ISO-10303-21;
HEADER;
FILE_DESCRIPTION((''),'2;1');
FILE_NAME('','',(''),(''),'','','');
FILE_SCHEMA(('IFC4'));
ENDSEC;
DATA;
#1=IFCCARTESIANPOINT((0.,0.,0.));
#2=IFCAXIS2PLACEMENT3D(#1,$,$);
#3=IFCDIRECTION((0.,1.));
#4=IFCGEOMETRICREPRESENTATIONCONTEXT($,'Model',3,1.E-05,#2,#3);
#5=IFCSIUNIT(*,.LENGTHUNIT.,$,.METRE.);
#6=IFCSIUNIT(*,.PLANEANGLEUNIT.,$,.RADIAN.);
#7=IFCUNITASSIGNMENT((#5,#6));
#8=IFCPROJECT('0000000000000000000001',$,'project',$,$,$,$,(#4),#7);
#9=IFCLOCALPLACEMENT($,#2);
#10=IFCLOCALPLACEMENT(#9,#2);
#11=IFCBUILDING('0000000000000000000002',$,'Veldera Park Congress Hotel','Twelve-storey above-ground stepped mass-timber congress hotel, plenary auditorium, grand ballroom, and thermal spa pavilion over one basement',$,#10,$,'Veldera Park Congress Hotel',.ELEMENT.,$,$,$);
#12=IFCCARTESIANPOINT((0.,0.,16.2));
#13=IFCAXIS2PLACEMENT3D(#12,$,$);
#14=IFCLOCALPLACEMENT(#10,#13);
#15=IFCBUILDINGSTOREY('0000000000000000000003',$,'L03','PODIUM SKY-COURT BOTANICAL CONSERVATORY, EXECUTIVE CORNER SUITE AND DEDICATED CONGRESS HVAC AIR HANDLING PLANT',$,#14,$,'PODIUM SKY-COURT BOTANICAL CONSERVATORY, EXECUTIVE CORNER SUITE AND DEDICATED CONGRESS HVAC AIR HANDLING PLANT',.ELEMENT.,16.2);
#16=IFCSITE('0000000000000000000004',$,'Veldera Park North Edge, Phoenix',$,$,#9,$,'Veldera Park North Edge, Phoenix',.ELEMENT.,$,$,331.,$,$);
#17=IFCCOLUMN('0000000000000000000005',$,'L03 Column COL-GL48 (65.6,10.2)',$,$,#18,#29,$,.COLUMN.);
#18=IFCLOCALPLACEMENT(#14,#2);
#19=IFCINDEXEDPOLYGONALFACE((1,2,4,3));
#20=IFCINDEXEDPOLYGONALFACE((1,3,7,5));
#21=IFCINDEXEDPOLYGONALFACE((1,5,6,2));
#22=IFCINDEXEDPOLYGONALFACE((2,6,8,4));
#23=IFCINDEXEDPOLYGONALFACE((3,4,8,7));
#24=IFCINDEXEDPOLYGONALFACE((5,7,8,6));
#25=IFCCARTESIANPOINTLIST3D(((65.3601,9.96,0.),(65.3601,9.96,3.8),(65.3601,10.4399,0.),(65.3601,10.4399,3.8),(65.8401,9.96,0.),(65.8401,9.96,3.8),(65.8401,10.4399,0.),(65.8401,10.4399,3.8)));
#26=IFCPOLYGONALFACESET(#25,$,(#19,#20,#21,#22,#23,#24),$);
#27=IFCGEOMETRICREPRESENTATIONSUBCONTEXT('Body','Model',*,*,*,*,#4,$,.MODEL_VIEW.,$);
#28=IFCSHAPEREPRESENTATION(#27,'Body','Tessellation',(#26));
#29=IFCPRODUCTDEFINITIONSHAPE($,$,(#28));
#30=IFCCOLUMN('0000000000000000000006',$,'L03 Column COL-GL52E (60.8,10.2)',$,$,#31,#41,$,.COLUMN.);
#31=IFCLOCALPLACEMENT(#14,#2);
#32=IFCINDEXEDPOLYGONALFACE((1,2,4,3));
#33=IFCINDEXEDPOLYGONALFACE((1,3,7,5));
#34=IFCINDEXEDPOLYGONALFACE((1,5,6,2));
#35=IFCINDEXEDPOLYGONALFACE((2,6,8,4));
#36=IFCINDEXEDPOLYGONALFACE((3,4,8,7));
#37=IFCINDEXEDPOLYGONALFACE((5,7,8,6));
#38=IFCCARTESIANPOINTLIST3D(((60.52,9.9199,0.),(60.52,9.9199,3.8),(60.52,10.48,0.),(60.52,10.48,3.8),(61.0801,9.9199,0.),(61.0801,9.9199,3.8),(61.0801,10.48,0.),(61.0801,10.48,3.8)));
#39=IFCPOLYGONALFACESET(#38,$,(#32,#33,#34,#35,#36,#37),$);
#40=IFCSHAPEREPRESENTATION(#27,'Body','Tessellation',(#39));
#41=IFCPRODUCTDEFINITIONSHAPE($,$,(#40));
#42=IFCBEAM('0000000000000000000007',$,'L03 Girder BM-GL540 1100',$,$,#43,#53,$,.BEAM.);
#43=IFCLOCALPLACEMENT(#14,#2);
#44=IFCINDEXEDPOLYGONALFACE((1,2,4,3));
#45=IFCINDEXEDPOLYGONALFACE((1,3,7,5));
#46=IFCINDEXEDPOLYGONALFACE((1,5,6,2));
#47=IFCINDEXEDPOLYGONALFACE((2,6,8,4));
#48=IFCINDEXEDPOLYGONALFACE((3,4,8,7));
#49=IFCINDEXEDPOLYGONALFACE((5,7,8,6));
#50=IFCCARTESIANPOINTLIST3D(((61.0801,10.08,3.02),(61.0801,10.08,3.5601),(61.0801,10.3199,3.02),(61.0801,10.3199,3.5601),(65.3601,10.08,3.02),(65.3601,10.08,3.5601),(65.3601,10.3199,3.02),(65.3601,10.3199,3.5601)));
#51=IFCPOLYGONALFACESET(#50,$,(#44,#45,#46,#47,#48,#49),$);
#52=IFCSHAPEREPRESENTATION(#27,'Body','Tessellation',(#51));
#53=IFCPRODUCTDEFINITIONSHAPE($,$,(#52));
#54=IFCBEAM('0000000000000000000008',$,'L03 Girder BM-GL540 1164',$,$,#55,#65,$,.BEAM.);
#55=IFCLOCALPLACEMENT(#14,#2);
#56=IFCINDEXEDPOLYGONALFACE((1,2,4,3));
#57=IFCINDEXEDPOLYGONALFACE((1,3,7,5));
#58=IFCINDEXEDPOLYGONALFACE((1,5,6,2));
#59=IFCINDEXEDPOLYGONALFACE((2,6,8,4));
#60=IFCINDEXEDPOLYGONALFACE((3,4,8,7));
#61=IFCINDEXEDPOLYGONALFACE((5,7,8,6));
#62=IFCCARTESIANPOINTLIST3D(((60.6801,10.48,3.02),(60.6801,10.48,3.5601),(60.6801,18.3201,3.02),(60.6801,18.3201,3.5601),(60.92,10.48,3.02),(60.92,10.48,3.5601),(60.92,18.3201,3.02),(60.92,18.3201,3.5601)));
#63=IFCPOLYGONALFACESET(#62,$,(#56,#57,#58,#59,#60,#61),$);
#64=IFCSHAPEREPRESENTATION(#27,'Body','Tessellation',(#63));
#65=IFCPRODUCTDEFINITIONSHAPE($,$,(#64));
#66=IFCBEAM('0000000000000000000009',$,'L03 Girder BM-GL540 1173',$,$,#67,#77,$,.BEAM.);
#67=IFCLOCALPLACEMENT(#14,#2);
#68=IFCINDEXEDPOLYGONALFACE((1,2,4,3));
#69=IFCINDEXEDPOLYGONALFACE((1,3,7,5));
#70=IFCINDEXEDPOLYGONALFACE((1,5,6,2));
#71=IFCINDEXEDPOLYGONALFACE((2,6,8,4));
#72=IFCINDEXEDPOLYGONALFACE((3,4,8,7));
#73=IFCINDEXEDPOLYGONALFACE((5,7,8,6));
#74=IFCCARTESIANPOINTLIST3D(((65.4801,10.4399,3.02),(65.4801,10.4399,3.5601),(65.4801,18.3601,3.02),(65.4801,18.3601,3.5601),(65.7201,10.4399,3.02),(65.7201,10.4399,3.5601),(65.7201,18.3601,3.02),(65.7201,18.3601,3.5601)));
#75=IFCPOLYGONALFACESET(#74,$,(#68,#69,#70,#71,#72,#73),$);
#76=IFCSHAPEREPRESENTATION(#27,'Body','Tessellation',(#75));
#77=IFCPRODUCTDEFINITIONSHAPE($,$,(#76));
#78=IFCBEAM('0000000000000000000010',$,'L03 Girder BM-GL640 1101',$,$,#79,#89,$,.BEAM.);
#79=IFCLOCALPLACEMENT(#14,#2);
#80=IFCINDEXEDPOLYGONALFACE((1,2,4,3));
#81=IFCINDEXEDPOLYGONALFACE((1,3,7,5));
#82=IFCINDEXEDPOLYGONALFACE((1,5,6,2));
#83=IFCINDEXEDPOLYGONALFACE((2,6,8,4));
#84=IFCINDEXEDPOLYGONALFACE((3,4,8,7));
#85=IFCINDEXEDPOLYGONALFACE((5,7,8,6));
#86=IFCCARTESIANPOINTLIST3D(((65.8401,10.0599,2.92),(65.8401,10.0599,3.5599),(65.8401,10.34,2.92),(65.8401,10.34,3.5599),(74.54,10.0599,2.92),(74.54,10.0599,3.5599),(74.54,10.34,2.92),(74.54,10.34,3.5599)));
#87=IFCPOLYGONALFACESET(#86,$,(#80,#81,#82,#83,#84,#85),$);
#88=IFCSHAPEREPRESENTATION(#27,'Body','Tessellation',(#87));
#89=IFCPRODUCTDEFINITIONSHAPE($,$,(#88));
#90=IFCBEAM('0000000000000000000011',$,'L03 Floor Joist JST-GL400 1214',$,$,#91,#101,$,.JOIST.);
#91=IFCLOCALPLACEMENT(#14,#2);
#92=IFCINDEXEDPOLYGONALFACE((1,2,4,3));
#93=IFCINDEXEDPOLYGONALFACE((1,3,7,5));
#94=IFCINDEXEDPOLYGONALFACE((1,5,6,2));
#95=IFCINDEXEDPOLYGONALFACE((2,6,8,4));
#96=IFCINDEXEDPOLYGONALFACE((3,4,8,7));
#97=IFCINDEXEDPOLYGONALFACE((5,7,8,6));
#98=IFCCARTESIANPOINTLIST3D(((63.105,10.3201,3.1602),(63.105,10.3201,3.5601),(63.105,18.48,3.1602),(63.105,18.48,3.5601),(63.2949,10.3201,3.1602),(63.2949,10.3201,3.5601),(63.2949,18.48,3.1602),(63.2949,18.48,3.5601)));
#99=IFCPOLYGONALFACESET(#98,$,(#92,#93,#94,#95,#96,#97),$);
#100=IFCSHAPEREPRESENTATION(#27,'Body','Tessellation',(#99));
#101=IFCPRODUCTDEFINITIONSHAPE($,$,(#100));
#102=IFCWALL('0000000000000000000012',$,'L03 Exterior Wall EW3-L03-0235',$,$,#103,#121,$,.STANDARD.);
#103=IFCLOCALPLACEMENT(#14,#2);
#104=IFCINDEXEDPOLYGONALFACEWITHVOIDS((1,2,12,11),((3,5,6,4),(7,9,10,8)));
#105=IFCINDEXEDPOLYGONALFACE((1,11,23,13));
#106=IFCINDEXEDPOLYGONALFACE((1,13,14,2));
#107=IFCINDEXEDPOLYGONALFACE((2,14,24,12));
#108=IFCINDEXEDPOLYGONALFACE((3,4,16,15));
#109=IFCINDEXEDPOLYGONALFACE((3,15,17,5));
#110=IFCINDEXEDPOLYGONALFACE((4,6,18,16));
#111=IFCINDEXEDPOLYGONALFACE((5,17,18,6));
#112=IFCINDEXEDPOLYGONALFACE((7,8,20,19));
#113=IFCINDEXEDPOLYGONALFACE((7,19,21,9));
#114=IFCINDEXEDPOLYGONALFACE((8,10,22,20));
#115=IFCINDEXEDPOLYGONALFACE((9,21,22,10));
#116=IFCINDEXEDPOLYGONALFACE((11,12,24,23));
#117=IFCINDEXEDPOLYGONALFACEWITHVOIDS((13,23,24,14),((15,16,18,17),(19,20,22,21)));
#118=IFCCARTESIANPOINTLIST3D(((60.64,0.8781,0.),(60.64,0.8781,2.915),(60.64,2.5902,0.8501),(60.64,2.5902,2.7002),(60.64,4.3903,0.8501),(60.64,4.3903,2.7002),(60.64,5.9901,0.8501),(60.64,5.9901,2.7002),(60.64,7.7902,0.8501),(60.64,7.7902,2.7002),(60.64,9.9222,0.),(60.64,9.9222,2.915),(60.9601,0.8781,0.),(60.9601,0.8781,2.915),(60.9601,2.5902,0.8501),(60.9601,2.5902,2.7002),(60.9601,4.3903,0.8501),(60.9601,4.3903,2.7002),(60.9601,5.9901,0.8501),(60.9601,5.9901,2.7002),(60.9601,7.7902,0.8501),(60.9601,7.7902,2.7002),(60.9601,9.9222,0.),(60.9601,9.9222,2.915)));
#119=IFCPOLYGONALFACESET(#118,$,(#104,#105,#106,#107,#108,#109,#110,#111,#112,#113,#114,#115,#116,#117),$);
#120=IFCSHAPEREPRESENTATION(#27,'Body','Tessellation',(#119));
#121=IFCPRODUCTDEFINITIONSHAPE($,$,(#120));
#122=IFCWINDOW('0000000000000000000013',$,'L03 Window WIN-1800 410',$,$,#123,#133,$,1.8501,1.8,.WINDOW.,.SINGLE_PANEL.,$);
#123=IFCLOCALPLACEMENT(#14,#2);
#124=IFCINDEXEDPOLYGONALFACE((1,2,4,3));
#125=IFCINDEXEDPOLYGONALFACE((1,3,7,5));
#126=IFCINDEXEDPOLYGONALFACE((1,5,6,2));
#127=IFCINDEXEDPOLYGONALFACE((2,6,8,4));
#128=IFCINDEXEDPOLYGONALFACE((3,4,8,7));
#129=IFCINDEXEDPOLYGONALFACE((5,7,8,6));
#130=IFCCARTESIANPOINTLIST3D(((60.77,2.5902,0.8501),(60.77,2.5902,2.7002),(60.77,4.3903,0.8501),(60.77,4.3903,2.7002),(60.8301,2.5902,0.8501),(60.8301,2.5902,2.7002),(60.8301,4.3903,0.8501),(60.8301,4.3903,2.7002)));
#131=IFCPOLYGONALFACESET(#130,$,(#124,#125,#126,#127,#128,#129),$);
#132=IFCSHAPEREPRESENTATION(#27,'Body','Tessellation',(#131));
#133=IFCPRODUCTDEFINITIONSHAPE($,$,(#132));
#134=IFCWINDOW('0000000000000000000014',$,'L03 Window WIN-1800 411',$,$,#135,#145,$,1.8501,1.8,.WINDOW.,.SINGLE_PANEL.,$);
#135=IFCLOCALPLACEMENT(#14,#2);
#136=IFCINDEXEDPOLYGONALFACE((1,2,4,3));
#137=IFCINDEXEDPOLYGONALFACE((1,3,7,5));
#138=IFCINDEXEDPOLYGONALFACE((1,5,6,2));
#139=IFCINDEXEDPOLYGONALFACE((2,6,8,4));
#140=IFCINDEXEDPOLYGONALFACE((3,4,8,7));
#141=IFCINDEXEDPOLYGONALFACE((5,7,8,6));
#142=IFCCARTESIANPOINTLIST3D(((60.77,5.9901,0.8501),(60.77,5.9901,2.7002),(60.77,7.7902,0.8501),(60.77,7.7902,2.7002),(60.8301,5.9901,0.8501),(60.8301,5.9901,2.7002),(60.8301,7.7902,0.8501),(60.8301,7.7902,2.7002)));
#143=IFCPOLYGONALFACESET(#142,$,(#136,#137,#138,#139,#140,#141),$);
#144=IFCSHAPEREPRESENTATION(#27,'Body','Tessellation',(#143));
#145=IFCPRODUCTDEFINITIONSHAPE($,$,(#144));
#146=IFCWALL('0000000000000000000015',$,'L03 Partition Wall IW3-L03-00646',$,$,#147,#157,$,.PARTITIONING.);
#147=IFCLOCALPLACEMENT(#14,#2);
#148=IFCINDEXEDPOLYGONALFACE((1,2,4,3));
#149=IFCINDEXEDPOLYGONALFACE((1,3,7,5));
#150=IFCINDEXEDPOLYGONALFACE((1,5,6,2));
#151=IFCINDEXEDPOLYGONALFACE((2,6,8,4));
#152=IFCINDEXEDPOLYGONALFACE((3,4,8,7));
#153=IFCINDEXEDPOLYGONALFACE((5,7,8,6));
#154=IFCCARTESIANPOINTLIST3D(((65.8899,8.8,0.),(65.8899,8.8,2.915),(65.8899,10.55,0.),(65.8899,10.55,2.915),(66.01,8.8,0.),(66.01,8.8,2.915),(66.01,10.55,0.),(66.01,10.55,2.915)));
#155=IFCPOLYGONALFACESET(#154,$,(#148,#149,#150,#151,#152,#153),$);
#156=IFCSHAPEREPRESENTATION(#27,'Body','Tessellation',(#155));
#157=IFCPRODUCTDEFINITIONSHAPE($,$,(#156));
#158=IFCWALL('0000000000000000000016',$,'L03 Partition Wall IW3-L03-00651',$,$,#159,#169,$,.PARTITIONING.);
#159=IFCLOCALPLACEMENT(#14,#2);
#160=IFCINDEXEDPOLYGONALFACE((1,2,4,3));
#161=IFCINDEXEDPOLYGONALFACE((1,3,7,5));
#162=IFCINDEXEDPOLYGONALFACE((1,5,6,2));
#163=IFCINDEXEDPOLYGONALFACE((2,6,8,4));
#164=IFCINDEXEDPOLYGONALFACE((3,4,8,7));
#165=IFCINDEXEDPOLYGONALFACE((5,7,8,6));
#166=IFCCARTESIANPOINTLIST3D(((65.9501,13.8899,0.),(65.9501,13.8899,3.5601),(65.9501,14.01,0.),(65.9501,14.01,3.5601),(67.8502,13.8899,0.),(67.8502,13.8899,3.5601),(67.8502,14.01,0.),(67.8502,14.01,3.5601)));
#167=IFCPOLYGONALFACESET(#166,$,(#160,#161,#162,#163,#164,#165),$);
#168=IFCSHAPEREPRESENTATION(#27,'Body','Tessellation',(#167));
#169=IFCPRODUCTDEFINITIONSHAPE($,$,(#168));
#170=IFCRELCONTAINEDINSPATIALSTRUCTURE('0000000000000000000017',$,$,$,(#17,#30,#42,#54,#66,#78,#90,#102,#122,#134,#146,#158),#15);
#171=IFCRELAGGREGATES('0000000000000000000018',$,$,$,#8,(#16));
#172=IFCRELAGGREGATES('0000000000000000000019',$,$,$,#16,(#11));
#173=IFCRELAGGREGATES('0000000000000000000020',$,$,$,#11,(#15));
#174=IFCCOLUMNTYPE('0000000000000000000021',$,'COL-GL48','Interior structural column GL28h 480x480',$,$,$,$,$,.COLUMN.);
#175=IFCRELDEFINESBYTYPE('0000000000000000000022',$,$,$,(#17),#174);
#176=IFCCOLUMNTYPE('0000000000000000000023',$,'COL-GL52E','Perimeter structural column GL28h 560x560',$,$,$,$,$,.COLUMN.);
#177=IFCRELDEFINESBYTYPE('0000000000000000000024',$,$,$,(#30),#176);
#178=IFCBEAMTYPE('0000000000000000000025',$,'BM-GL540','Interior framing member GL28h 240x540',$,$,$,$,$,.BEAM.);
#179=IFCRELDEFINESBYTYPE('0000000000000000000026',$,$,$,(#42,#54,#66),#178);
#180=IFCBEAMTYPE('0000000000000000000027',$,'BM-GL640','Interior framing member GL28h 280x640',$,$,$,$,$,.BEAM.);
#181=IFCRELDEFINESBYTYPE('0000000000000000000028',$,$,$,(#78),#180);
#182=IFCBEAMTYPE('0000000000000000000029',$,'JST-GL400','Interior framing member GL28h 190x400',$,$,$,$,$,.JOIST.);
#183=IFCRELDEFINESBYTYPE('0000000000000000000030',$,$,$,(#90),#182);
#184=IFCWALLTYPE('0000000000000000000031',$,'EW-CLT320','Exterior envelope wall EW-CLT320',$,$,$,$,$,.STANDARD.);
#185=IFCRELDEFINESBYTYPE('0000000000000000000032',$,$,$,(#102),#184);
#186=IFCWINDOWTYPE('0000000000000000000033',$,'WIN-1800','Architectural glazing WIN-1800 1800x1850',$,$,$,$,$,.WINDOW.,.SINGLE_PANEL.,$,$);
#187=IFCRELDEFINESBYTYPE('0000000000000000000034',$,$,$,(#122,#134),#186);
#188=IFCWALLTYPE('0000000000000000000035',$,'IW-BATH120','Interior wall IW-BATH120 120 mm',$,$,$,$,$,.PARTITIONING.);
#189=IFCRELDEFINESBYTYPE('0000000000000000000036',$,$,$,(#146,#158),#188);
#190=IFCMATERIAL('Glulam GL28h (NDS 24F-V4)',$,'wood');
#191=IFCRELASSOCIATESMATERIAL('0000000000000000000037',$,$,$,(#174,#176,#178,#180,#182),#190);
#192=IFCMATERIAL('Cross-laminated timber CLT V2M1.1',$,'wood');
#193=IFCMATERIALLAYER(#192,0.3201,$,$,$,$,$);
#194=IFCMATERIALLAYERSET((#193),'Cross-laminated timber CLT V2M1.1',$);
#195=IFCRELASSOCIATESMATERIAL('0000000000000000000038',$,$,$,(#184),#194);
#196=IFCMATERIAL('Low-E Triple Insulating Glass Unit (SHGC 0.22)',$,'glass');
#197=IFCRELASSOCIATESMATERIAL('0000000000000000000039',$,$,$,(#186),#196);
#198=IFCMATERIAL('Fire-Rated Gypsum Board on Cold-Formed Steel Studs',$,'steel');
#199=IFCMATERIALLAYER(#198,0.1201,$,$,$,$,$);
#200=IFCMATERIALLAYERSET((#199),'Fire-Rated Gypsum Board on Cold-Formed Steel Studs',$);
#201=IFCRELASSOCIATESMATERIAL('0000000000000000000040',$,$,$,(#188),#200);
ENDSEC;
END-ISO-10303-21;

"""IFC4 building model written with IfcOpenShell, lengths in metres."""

from ifc_helpers import new_model, si_unit, direction, frame, frame_2d, origin, origin_2d, place, context, subcontext, project, spatial, rectangle, extrude, material, layer, layer_set, material_profile, profile_set, type_object, element, fill, save


model = new_model("IFC4")

# Units and contexts
model_context = context("Model", 3, precision=1e-05, world=origin(), true_north=direction((0.0, 1.0)))
body_context = subcontext(model_context, "Body", "Model", "MODEL_VIEW")
ifc_project = project(units=[si_unit("LENGTHUNIT", "METRE"), si_unit("PLANEANGLEUNIT", "RADIAN")], contexts=[model_context])

# Site, building, storey
site_placement = place(None, origin())
site = spatial("IfcSite", under=ifc_project, at=site_placement, Name="Veldera Park North Edge, Phoenix", LongName="Veldera Park North Edge, Phoenix", CompositionType="ELEMENT", RefElevation=331.0)
building_placement = place(site_placement, origin())
building = spatial("IfcBuilding", under=site, at=building_placement, Name="Veldera Park Congress Hotel", Description="Twelve-storey above-ground stepped mass-timber congress hotel, plenary auditorium, grand ballroom, and thermal spa pavilion over one basement", LongName="Veldera Park Congress Hotel", CompositionType="ELEMENT")
storey_placement = place(building_placement, frame((0.0, 0.0, 16.2)))
storey = spatial("IfcBuildingStorey", under=building, at=storey_placement, Name="L03", Description="PODIUM SKY-COURT BOTANICAL CONSERVATORY, EXECUTIVE CORNER SUITE AND DEDICATED CONGRESS HVAC AIR HANDLING PLANT", LongName="PODIUM SKY-COURT BOTANICAL CONSERVATORY, EXECUTIVE CORNER SUITE AND DEDICATED CONGRESS HVAC AIR HANDLING PLANT", CompositionType="ELEMENT", Elevation=16.2)

# Columns
ifc_material_1 = material(Name="Glulam GL28h (NDS 24F-V4)", Category="wood")
ifc_material_profile_1 = material_profile(ifc_material_1, rectangle(XDim=0.48, YDim=0.48, at=origin_2d()), Name="GL28h 480x480")
ifc_profile_set_1 = profile_set([ifc_material_profile_1], Name="Glulam GL28h (NDS 24F-V4)")
column_type_1 = type_object("IfcColumnType", Name="COL-GL48", Description="Interior structural column GL28h 480x480", PredefinedType="COLUMN", material=ifc_profile_set_1)
column_1_placement = place(storey_placement, frame((65.6001, 10.2, 0.0), z_axis=(0.0, 0.0, 1.0), x_axis=(1.0, 0.0, 0.0)))
element("IfcColumn", 1, at=column_1_placement, inside=storey, type_object=column_type_1, Name="L03 Column COL-GL48 (65.6,10.2)", PredefinedType="COLUMN", context=body_context, shape_type="SweptSolid", body=[
    extrude(rectangle(XDim=0.48, YDim=0.48, at=origin_2d()), origin(), (0.0, 0.0, 1.0), 3.8),
])
ifc_material_profile_2 = material_profile(ifc_material_1, rectangle(XDim=0.5601, YDim=0.5601, at=origin_2d()), Name="GL28h 560x560")
ifc_profile_set_2 = profile_set([ifc_material_profile_2], Name="Glulam GL28h (NDS 24F-V4)")
column_type_2 = type_object("IfcColumnType", Name="COL-GL52E", Description="Perimeter structural column GL28h 560x560", PredefinedType="COLUMN", material=ifc_profile_set_2)
column_2_placement = place(storey_placement, frame((60.8, 10.2, 0.0), z_axis=(0.0, 0.0, 1.0), x_axis=(1.0, 0.0, 0.0)))
element("IfcColumn", 2, at=column_2_placement, inside=storey, type_object=column_type_2, Name="L03 Column COL-GL52E (60.8,10.2)", PredefinedType="COLUMN", context=body_context, shape_type="SweptSolid", body=[
    extrude(rectangle(XDim=0.5601, YDim=0.5601, at=origin_2d()), origin(), (0.0, 0.0, 1.0), 3.8),
])

# Beams
ifc_material_profile_3 = material_profile(ifc_material_1, rectangle(XDim=0.24, YDim=0.54, at=origin_2d()), Name="GL28h 240x540")
ifc_profile_set_3 = profile_set([ifc_material_profile_3], Name="Glulam GL28h (NDS 24F-V4)")
beam_type_1 = type_object("IfcBeamType", Name="BM-GL540", Description="Interior framing member GL28h 240x540", PredefinedType="BEAM", material=ifc_profile_set_3)
beam_1_placement = place(storey_placement, frame((61.0801, 10.2, 3.29), z_axis=(1.0, 0.0, 0.0), x_axis=(0.0, 1.0, 0.0)))
element("IfcBeam", 3, at=beam_1_placement, inside=storey, type_object=beam_type_1, Name="L03 Girder BM-GL540 1100", PredefinedType="BEAM", context=body_context, shape_type="SweptSolid", body=[
    extrude(rectangle(XDim=0.24, YDim=0.54, at=origin_2d()), origin(), (0.0, 0.0, 1.0), 4.28),
])
beam_2_placement = place(storey_placement, frame((60.8, 10.48, 3.29), z_axis=(0.0, 1.0, 0.0), x_axis=(-1.0, 0.0, 0.0)))
element("IfcBeam", 4, at=beam_2_placement, inside=storey, type_object=beam_type_1, Name="L03 Girder BM-GL540 1164", PredefinedType="BEAM", context=body_context, shape_type="SweptSolid", body=[
    extrude(rectangle(XDim=0.24, YDim=0.54, at=origin_2d()), origin(), (0.0, 0.0, 1.0), 7.8401),
])
beam_3_placement = place(storey_placement, frame((65.6001, 10.4399, 3.29), z_axis=(0.0, 1.0, 0.0), x_axis=(-1.0, 0.0, 0.0)))
element("IfcBeam", 5, at=beam_3_placement, inside=storey, type_object=beam_type_1, Name="L03 Girder BM-GL540 1173", PredefinedType="BEAM", context=body_context, shape_type="SweptSolid", body=[
    extrude(rectangle(XDim=0.24, YDim=0.54, at=origin_2d()), origin(), (0.0, 0.0, 1.0), 7.9202),
])
ifc_material_profile_4 = material_profile(ifc_material_1, rectangle(XDim=0.28, YDim=0.6399, at=origin_2d()), Name="GL28h 280x640")
ifc_profile_set_4 = profile_set([ifc_material_profile_4], Name="Glulam GL28h (NDS 24F-V4)")
beam_type_2 = type_object("IfcBeamType", Name="BM-GL640", Description="Interior framing member GL28h 280x640", PredefinedType="BEAM", material=ifc_profile_set_4)
beam_4_placement = place(storey_placement, frame((65.8401, 10.2, 3.24), z_axis=(1.0, 0.0, 0.0), x_axis=(0.0, 1.0, 0.0)))
element("IfcBeam", 6, at=beam_4_placement, inside=storey, type_object=beam_type_2, Name="L03 Girder BM-GL640 1101", PredefinedType="BEAM", context=body_context, shape_type="SweptSolid", body=[
    extrude(rectangle(XDim=0.28, YDim=0.6399, at=origin_2d()), origin(), (0.0, 0.0, 1.0), 8.7),
])
ifc_material_profile_5 = material_profile(ifc_material_1, rectangle(XDim=0.1899, YDim=0.3999, at=origin_2d()), Name="GL28h 190x400")
ifc_profile_set_5 = profile_set([ifc_material_profile_5], Name="Glulam GL28h (NDS 24F-V4)")
beam_type_3 = type_object("IfcBeamType", Name="JST-GL400", Description="Interior framing member GL28h 190x400", PredefinedType="JOIST", material=ifc_profile_set_5)
beam_5_placement = place(storey_placement, frame((63.2, 10.3201, 3.3601), z_axis=(0.0, 1.0, 0.0), x_axis=(-1.0, 0.0, 0.0)))
element("IfcBeam", 7, at=beam_5_placement, inside=storey, type_object=beam_type_3, Name="L03 Floor Joist JST-GL400 1214", PredefinedType="JOIST", context=body_context, shape_type="SweptSolid", body=[
    extrude(rectangle(XDim=0.1899, YDim=0.3999, at=origin_2d()), origin(), (0.0, 0.0, 1.0), 8.1599),
])

# Wall, openings, windows
ifc_material_2 = material(Name="Cross-laminated timber CLT V2M1.1", Category="wood")
ifc_layer_1 = layer(ifc_material_2, 0.3201)
ifc_layer_set_1 = layer_set([ifc_layer_1], Name="Cross-laminated timber CLT V2M1.1")
wall_type_1 = type_object("IfcWallType", Name="EW-CLT320", Description="Exterior envelope wall EW-CLT320", PredefinedType="STANDARD", material=ifc_layer_set_1)
wall_1_placement = place(storey_placement, frame((60.8, 9.9221, 0.0), z_axis=(0.0, 0.0, 1.0), x_axis=(0.0, -1.0, 0.0)))
wall_1 = element("IfcWall", 8, at=wall_1_placement, inside=storey, type_object=wall_type_1, Name="L03 Exterior Wall EW3-L03-0235", PredefinedType="STANDARD", context=body_context, shape_type="SweptSolid", body=[
    extrude(rectangle(XDim=9.0442, YDim=0.3201, at=frame_2d((4.522, 0.0))), origin(), (0.0, 0.0, 1.0), 2.915),
])
opening_1_placement = place(wall_1_placement, frame((5.532, 0.0, 0.8501)))
opening_1 = element("IfcOpeningElement", 9, at=opening_1_placement, cuts=wall_1, PredefinedType="OPENING", context=body_context, shape_type="SweptSolid", body=[
    extrude(rectangle(XDim=1.8, YDim=1.8501, at=frame_2d((0.8999, 0.925))), frame((0.0, 0.1721, 0.0), z_axis=(0.0, -1.0, 0.0), x_axis=(1.0, 0.0, 0.0)), (0.0, 0.0, 1.0), 0.344),
])
opening_2_placement = place(wall_1_placement, frame((2.1321, 0.0, 0.8501)))
opening_2 = element("IfcOpeningElement", 10, at=opening_2_placement, cuts=wall_1, PredefinedType="OPENING", context=body_context, shape_type="SweptSolid", body=[
    extrude(rectangle(XDim=1.8, YDim=1.8501, at=frame_2d((0.8999, 0.925))), frame((0.0, 0.1721, 0.0), z_axis=(0.0, -1.0, 0.0), x_axis=(1.0, 0.0, 0.0)), (0.0, 0.0, 1.0), 0.344),
])
ifc_material_3 = material(Name="Low-E Triple Insulating Glass Unit (SHGC 0.22)", Category="glass")
window_type = type_object("IfcWindowType", Name="WIN-1800", Description="Architectural glazing WIN-1800 1800x1850", PartitioningType="SINGLE_PANEL", PredefinedType="WINDOW", material=ifc_material_3)
window_1_placement = place(opening_1_placement, origin())
window_1 = element("IfcWindow", 11, at=window_1_placement, inside=storey, type_object=window_type, Name="L03 Window WIN-1800 410", OverallHeight=1.8501, OverallWidth=1.8, PartitioningType="SINGLE_PANEL", PredefinedType="WINDOW", context=body_context, shape_type="SweptSolid", body=[
    extrude(rectangle(XDim=1.8, YDim=1.8501, at=frame_2d((0.8999, 0.925))), frame((0.0, 0.03, 0.0), z_axis=(0.0, -1.0, 0.0), x_axis=(1.0, 0.0, 0.0)), (0.0, 0.0, 1.0), 0.0601),
])
fill(opening_1, window_1)
window_2_placement = place(opening_2_placement, origin())
window_2 = element("IfcWindow", 12, at=window_2_placement, inside=storey, type_object=window_type, Name="L03 Window WIN-1800 411", OverallHeight=1.8501, OverallWidth=1.8, PartitioningType="SINGLE_PANEL", PredefinedType="WINDOW", context=body_context, shape_type="SweptSolid", body=[
    extrude(rectangle(XDim=1.8, YDim=1.8501, at=frame_2d((0.8999, 0.925))), frame((0.0, 0.03, 0.0), z_axis=(0.0, -1.0, 0.0), x_axis=(1.0, 0.0, 0.0)), (0.0, 0.0, 1.0), 0.0601),
])
fill(opening_2, window_2)

# Wall
ifc_material_4 = material(Name="Fire-Rated Gypsum Board on Cold-Formed Steel Studs", Category="steel")
ifc_layer_2 = layer(ifc_material_4, 0.1201)
ifc_layer_set_2 = layer_set([ifc_layer_2], Name="Fire-Rated Gypsum Board on Cold-Formed Steel Studs")
wall_type_2 = type_object("IfcWallType", Name="IW-BATH120", Description="Interior wall IW-BATH120 120 mm", PredefinedType="PARTITIONING", material=ifc_layer_set_2)
wall_2_placement = place(storey_placement, frame((65.95, 8.8, 0.0), z_axis=(0.0, 0.0, 1.0), x_axis=(0.0, 1.0, 0.0)))
element("IfcWall", 13, at=wall_2_placement, inside=storey, type_object=wall_type_2, Name="L03 Partition Wall IW3-L03-00646", PredefinedType="PARTITIONING", context=body_context, shape_type="SweptSolid", body=[
    extrude(rectangle(XDim=1.75, YDim=0.1201, at=frame_2d((0.875, 0.0))), origin(), (0.0, 0.0, 1.0), 2.915),
])

# Wall
wall_3_placement = place(storey_placement, frame((65.95, 13.95, 0.0), z_axis=(0.0, 0.0, 1.0), x_axis=(1.0, 0.0, 0.0)))
element("IfcWall", 14, at=wall_3_placement, inside=storey, type_object=wall_type_2, Name="L03 Partition Wall IW3-L03-00651", PredefinedType="PARTITIONING", context=body_context, shape_type="SweptSolid", body=[
    extrude(rectangle(XDim=1.9001, YDim=0.1201, at=frame_2d((0.9502, 0.0))), origin(), (0.0, 0.0, 1.0), 3.5601),
])

save(model, "model.ifc")
